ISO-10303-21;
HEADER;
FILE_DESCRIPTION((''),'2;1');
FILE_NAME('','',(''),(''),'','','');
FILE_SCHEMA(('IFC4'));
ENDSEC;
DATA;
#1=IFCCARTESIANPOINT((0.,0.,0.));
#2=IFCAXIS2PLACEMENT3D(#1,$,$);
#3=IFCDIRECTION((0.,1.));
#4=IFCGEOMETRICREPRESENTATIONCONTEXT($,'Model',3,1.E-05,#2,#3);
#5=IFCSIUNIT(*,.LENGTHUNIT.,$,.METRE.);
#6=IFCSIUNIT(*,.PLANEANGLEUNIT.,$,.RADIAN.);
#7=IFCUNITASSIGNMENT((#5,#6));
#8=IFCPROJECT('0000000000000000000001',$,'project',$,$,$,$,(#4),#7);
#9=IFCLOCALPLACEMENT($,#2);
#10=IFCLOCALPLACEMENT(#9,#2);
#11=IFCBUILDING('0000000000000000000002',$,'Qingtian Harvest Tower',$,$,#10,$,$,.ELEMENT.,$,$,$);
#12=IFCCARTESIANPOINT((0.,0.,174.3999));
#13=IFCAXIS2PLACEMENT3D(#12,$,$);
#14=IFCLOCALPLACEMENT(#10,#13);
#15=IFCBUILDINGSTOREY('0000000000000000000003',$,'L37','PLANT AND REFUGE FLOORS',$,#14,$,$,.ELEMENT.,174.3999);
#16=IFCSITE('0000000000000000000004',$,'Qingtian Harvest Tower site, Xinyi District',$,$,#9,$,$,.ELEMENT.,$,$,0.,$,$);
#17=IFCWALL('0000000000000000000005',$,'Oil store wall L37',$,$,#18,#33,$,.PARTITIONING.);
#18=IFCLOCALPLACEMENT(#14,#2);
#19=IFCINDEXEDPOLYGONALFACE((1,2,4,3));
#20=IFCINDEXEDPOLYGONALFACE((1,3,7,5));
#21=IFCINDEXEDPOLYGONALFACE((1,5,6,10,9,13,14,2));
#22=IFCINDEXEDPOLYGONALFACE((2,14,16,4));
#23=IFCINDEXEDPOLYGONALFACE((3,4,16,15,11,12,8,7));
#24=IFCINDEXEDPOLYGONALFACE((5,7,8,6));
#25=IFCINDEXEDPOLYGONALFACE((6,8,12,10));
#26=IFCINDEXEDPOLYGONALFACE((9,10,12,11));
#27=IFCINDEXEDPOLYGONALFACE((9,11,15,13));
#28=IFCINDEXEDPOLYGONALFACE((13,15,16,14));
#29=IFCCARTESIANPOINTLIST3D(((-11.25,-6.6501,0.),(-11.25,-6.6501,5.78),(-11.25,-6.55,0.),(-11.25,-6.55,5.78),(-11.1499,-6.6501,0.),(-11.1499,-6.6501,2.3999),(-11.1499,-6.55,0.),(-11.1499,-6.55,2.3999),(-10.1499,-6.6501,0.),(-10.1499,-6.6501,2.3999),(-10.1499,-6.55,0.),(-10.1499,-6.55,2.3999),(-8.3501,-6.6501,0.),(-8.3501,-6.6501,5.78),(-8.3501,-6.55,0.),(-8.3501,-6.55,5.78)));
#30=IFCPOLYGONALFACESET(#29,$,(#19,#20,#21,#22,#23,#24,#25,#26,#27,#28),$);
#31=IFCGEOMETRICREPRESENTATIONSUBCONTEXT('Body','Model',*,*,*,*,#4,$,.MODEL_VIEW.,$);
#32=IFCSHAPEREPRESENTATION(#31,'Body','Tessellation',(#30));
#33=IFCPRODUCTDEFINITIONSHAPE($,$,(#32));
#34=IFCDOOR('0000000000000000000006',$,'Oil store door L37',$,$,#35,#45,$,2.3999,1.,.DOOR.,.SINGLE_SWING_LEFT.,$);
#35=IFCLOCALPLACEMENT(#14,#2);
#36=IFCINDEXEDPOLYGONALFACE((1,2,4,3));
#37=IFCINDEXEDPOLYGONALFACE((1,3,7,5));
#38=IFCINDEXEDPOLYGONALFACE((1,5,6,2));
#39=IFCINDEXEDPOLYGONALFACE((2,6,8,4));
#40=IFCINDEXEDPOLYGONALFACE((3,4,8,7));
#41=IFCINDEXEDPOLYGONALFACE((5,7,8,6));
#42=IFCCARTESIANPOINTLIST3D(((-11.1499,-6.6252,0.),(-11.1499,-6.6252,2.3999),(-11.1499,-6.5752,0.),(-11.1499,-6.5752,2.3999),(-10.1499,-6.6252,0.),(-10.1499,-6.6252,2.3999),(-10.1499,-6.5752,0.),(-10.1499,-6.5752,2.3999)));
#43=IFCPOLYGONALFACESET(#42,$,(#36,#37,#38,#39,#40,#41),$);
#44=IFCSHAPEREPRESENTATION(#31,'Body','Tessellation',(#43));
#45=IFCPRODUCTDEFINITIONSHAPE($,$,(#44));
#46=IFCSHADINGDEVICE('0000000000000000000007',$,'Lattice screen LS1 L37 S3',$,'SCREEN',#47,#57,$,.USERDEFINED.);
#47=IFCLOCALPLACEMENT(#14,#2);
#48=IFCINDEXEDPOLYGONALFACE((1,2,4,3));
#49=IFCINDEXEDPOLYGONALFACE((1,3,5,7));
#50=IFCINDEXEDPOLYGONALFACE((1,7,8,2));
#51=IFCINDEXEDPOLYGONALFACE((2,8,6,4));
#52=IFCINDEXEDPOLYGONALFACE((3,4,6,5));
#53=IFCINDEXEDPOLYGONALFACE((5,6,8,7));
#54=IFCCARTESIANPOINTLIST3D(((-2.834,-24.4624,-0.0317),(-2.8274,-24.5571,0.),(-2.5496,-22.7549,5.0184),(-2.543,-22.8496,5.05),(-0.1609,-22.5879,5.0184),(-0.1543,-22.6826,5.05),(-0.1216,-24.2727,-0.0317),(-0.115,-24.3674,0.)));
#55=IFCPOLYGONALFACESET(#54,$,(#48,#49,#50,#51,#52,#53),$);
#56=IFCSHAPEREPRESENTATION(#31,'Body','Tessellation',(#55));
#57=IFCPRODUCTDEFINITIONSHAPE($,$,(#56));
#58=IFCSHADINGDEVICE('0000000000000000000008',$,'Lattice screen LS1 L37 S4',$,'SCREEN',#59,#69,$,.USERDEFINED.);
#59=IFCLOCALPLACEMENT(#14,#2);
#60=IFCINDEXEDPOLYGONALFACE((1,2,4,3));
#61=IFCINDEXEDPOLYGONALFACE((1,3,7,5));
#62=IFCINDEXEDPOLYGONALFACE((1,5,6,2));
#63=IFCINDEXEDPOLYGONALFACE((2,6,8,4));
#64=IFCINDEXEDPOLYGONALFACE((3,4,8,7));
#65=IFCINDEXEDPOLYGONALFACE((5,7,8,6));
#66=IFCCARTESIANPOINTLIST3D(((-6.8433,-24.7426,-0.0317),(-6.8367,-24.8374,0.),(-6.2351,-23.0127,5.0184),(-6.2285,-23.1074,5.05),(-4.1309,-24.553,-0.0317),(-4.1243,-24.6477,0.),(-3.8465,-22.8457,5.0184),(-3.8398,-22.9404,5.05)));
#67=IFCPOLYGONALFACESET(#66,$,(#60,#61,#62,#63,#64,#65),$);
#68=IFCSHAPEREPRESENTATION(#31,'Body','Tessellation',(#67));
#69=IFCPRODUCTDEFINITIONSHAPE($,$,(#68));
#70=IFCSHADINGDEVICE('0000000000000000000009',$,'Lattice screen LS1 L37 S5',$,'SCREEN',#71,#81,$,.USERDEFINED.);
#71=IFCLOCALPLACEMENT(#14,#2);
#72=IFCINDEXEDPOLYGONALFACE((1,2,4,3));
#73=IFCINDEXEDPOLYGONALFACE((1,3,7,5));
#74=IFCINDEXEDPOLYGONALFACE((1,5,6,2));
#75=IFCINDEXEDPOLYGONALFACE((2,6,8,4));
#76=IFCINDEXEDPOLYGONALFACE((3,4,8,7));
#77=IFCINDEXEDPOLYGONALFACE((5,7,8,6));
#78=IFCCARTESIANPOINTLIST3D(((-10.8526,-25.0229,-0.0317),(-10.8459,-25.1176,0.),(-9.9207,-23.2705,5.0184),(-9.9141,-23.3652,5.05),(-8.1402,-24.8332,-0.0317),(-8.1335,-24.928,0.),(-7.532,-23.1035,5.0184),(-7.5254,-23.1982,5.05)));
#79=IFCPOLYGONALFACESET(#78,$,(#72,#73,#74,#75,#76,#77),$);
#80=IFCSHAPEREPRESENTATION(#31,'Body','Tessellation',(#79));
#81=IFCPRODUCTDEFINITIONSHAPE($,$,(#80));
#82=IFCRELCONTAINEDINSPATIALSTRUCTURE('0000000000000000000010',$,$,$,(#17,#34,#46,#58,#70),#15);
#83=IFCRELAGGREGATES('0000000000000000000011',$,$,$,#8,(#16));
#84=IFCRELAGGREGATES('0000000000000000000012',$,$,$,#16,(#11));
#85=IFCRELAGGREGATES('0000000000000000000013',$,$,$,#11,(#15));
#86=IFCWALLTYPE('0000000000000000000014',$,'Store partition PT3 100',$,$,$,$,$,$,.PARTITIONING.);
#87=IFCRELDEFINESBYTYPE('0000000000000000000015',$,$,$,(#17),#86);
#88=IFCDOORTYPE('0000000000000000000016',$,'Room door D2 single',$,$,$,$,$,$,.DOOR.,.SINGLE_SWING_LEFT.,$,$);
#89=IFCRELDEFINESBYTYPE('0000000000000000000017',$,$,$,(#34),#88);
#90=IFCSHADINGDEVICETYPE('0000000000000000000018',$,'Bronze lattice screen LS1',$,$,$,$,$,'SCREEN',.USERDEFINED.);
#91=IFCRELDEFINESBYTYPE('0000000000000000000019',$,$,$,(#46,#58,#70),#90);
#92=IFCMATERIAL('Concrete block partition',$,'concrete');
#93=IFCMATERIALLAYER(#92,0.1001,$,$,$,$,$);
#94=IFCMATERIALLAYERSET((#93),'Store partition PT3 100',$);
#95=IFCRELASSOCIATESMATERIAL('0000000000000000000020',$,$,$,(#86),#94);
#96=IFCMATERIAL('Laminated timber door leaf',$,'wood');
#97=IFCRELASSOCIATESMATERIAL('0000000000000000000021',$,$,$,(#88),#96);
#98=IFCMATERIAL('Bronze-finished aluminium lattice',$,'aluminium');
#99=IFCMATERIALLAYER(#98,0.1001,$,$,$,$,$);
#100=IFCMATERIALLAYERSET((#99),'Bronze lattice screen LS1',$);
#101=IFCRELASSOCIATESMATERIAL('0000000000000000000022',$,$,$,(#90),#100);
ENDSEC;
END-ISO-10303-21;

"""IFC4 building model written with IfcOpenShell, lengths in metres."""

from ifc_helpers import new_model, si_unit, direction, frame, frame_2d, origin, place, context, subcontext, project, spatial, polyline, rectangle, outline, extrude, material, layer, layer_set, type_object, element, fill, save


model = new_model("IFC4")

# Units and contexts
model_context = context("Model", 3, precision=1e-05, world=origin(), true_north=direction((0.0, 1.0)))
body_context = subcontext(model_context, "Body", "Model", "MODEL_VIEW")
ifc_project = project(units=[si_unit("LENGTHUNIT", "METRE"), si_unit("PLANEANGLEUNIT", "RADIAN")], contexts=[model_context])

# Site, building, storey
site_placement = place(None, origin())
site = spatial("IfcSite", under=ifc_project, at=site_placement, Name="Qingtian Harvest Tower site, Xinyi District", CompositionType="ELEMENT", RefElevation=0.0)
building_placement = place(site_placement, origin())
building = spatial("IfcBuilding", under=site, at=building_placement, Name="Qingtian Harvest Tower", CompositionType="ELEMENT")
storey_placement = place(building_placement, frame((0.0, 0.0, 174.3999)))
storey = spatial("IfcBuildingStorey", under=building, at=storey_placement, Name="L37", Description="PLANT AND REFUGE FLOORS", CompositionType="ELEMENT", Elevation=174.3999)

# Wall, opening, door
ifc_material_1 = material(Name="Concrete block partition", Category="concrete")
ifc_layer_1 = layer(ifc_material_1, 0.1001)
ifc_layer_set_1 = layer_set([ifc_layer_1], Name="Store partition PT3 100")
wall_type_1 = type_object("IfcWallType", Name="Store partition PT3 100", PredefinedType="PARTITIONING", material=ifc_layer_set_1)
wall_1_placement = place(storey_placement, frame((-11.25, -6.6001, 0.0), z_axis=(0.0, 0.0, 1.0), x_axis=(1.0, 0.0, 0.0)))
wall_1 = element("IfcWall", 1, at=wall_1_placement, inside=storey, type_object=wall_type_1, Name="Oil store wall L37", PredefinedType="PARTITIONING", context=body_context, shape_type="SweptSolid", body=[
    extrude(rectangle(XDim=2.8999, YDim=0.1001, at=frame_2d((1.45, 0.0))), origin(), (0.0, 0.0, 1.0), 5.78),
])
opening_1_placement = place(wall_1_placement, frame((0.1001, 0.0, 0.0)))
opening_1 = element("IfcOpeningElement", 2, at=opening_1_placement, cuts=wall_1, PredefinedType="OPENING", context=body_context, shape_type="SweptSolid", body=[
    extrude(rectangle(XDim=1.0, YDim=2.3999, at=frame_2d((0.5, 1.2))), frame((0.0, 0.0601, 0.0), z_axis=(0.0, -1.0, 0.0), x_axis=(1.0, 0.0, 0.0)), (0.0, 0.0, 1.0), 0.1201),
])
ifc_material_2 = material(Name="Laminated timber door leaf", Category="wood")
door_type_1 = type_object("IfcDoorType", Name="Room door D2 single", OperationType="SINGLE_SWING_LEFT", PredefinedType="DOOR", material=ifc_material_2)
door_1_placement = place(opening_1_placement, origin())
door_1 = element("IfcDoor", 3, at=door_1_placement, inside=storey, type_object=door_type_1, Name="Oil store door L37", OperationType="SINGLE_SWING_LEFT", OverallHeight=2.3999, OverallWidth=1.0, PredefinedType="DOOR", context=body_context, shape_type="SweptSolid", body=[
    extrude(rectangle(XDim=1.0, YDim=2.3999, at=frame_2d((0.5, 1.2))), frame((0.0, 0.0249, 0.0), z_axis=(0.0, -1.0, 0.0), x_axis=(1.0, 0.0, 0.0)), (0.0, 0.0, 1.0), 0.05),
])
fill(opening_1, door_1)

# Shading devices
ifc_material_3 = material(Name="Bronze-finished aluminium lattice", Category="aluminium")
ifc_layer_2 = layer(ifc_material_3, 0.1001)
ifc_layer_set_2 = layer_set([ifc_layer_2], Name="Bronze lattice screen LS1")
shading_device_type = type_object("IfcShadingDeviceType", Name="Bronze lattice screen LS1", ElementType="SCREEN", PredefinedType="USERDEFINED", material=ifc_layer_set_2)
shading_device_1_placement = place(storey_placement, frame((-0.115, -24.3674, 0.0), z_axis=(0.066174, -0.946365, 0.316251), x_axis=(-0.997564, -0.069755, -0.000004)))
element("IfcShadingDevice", 4, at=shading_device_1_placement, inside=storey, type_object=shading_device_type, Name="Lattice screen LS1 L37 S3", ObjectType="SCREEN", PredefinedType="USERDEFINED", context=body_context, shape_type="SweptSolid", body=[
    extrude(outline(polyline([(0.0, 0.0), (2.719, 0.0), (2.3162, -5.3233), (-0.0783, -5.3233), (0.0, 0.0)])), origin(), (0.0, 0.0, -1.0), 0.1001),
])
shading_device_2_placement = place(storey_placement, frame((-4.1243, -24.6477, 0.0), z_axis=(0.066175, -0.946375, 0.316221), x_axis=(-0.997564, -0.069755, -0.000004)))
element("IfcShadingDevice", 5, at=shading_device_2_placement, inside=storey, type_object=shading_device_type, Name="Lattice screen LS1 L37 S4", ObjectType="SCREEN", PredefinedType="USERDEFINED", context=body_context, shape_type="SweptSolid", body=[
    extrude(outline(polyline([(0.0, 0.0), (2.719, 0.0), (1.9917, -5.3232), (-0.4028, -5.3232), (0.0, 0.0)])), origin(), (0.0, 0.0, -1.0), 0.1001),
])
shading_device_3_placement = place(storey_placement, frame((-8.1335, -24.928, 0.0), z_axis=(0.066175, -0.946385, 0.316192), x_axis=(-0.997564, -0.069755, -0.000004)))
element("IfcShadingDevice", 6, at=shading_device_3_placement, inside=storey, type_object=shading_device_type, Name="Lattice screen LS1 L37 S5", ObjectType="SCREEN", PredefinedType="USERDEFINED", context=body_context, shape_type="SweptSolid", body=[
    extrude(outline(polyline([(0.0, 0.0), (2.719, 0.0), (1.6672, -5.3232), (-0.7274, -5.3231), (0.0, 0.0)])), origin(), (0.0, 0.0, -1.0), 0.1001),
])

save(model, "model.ifc")
